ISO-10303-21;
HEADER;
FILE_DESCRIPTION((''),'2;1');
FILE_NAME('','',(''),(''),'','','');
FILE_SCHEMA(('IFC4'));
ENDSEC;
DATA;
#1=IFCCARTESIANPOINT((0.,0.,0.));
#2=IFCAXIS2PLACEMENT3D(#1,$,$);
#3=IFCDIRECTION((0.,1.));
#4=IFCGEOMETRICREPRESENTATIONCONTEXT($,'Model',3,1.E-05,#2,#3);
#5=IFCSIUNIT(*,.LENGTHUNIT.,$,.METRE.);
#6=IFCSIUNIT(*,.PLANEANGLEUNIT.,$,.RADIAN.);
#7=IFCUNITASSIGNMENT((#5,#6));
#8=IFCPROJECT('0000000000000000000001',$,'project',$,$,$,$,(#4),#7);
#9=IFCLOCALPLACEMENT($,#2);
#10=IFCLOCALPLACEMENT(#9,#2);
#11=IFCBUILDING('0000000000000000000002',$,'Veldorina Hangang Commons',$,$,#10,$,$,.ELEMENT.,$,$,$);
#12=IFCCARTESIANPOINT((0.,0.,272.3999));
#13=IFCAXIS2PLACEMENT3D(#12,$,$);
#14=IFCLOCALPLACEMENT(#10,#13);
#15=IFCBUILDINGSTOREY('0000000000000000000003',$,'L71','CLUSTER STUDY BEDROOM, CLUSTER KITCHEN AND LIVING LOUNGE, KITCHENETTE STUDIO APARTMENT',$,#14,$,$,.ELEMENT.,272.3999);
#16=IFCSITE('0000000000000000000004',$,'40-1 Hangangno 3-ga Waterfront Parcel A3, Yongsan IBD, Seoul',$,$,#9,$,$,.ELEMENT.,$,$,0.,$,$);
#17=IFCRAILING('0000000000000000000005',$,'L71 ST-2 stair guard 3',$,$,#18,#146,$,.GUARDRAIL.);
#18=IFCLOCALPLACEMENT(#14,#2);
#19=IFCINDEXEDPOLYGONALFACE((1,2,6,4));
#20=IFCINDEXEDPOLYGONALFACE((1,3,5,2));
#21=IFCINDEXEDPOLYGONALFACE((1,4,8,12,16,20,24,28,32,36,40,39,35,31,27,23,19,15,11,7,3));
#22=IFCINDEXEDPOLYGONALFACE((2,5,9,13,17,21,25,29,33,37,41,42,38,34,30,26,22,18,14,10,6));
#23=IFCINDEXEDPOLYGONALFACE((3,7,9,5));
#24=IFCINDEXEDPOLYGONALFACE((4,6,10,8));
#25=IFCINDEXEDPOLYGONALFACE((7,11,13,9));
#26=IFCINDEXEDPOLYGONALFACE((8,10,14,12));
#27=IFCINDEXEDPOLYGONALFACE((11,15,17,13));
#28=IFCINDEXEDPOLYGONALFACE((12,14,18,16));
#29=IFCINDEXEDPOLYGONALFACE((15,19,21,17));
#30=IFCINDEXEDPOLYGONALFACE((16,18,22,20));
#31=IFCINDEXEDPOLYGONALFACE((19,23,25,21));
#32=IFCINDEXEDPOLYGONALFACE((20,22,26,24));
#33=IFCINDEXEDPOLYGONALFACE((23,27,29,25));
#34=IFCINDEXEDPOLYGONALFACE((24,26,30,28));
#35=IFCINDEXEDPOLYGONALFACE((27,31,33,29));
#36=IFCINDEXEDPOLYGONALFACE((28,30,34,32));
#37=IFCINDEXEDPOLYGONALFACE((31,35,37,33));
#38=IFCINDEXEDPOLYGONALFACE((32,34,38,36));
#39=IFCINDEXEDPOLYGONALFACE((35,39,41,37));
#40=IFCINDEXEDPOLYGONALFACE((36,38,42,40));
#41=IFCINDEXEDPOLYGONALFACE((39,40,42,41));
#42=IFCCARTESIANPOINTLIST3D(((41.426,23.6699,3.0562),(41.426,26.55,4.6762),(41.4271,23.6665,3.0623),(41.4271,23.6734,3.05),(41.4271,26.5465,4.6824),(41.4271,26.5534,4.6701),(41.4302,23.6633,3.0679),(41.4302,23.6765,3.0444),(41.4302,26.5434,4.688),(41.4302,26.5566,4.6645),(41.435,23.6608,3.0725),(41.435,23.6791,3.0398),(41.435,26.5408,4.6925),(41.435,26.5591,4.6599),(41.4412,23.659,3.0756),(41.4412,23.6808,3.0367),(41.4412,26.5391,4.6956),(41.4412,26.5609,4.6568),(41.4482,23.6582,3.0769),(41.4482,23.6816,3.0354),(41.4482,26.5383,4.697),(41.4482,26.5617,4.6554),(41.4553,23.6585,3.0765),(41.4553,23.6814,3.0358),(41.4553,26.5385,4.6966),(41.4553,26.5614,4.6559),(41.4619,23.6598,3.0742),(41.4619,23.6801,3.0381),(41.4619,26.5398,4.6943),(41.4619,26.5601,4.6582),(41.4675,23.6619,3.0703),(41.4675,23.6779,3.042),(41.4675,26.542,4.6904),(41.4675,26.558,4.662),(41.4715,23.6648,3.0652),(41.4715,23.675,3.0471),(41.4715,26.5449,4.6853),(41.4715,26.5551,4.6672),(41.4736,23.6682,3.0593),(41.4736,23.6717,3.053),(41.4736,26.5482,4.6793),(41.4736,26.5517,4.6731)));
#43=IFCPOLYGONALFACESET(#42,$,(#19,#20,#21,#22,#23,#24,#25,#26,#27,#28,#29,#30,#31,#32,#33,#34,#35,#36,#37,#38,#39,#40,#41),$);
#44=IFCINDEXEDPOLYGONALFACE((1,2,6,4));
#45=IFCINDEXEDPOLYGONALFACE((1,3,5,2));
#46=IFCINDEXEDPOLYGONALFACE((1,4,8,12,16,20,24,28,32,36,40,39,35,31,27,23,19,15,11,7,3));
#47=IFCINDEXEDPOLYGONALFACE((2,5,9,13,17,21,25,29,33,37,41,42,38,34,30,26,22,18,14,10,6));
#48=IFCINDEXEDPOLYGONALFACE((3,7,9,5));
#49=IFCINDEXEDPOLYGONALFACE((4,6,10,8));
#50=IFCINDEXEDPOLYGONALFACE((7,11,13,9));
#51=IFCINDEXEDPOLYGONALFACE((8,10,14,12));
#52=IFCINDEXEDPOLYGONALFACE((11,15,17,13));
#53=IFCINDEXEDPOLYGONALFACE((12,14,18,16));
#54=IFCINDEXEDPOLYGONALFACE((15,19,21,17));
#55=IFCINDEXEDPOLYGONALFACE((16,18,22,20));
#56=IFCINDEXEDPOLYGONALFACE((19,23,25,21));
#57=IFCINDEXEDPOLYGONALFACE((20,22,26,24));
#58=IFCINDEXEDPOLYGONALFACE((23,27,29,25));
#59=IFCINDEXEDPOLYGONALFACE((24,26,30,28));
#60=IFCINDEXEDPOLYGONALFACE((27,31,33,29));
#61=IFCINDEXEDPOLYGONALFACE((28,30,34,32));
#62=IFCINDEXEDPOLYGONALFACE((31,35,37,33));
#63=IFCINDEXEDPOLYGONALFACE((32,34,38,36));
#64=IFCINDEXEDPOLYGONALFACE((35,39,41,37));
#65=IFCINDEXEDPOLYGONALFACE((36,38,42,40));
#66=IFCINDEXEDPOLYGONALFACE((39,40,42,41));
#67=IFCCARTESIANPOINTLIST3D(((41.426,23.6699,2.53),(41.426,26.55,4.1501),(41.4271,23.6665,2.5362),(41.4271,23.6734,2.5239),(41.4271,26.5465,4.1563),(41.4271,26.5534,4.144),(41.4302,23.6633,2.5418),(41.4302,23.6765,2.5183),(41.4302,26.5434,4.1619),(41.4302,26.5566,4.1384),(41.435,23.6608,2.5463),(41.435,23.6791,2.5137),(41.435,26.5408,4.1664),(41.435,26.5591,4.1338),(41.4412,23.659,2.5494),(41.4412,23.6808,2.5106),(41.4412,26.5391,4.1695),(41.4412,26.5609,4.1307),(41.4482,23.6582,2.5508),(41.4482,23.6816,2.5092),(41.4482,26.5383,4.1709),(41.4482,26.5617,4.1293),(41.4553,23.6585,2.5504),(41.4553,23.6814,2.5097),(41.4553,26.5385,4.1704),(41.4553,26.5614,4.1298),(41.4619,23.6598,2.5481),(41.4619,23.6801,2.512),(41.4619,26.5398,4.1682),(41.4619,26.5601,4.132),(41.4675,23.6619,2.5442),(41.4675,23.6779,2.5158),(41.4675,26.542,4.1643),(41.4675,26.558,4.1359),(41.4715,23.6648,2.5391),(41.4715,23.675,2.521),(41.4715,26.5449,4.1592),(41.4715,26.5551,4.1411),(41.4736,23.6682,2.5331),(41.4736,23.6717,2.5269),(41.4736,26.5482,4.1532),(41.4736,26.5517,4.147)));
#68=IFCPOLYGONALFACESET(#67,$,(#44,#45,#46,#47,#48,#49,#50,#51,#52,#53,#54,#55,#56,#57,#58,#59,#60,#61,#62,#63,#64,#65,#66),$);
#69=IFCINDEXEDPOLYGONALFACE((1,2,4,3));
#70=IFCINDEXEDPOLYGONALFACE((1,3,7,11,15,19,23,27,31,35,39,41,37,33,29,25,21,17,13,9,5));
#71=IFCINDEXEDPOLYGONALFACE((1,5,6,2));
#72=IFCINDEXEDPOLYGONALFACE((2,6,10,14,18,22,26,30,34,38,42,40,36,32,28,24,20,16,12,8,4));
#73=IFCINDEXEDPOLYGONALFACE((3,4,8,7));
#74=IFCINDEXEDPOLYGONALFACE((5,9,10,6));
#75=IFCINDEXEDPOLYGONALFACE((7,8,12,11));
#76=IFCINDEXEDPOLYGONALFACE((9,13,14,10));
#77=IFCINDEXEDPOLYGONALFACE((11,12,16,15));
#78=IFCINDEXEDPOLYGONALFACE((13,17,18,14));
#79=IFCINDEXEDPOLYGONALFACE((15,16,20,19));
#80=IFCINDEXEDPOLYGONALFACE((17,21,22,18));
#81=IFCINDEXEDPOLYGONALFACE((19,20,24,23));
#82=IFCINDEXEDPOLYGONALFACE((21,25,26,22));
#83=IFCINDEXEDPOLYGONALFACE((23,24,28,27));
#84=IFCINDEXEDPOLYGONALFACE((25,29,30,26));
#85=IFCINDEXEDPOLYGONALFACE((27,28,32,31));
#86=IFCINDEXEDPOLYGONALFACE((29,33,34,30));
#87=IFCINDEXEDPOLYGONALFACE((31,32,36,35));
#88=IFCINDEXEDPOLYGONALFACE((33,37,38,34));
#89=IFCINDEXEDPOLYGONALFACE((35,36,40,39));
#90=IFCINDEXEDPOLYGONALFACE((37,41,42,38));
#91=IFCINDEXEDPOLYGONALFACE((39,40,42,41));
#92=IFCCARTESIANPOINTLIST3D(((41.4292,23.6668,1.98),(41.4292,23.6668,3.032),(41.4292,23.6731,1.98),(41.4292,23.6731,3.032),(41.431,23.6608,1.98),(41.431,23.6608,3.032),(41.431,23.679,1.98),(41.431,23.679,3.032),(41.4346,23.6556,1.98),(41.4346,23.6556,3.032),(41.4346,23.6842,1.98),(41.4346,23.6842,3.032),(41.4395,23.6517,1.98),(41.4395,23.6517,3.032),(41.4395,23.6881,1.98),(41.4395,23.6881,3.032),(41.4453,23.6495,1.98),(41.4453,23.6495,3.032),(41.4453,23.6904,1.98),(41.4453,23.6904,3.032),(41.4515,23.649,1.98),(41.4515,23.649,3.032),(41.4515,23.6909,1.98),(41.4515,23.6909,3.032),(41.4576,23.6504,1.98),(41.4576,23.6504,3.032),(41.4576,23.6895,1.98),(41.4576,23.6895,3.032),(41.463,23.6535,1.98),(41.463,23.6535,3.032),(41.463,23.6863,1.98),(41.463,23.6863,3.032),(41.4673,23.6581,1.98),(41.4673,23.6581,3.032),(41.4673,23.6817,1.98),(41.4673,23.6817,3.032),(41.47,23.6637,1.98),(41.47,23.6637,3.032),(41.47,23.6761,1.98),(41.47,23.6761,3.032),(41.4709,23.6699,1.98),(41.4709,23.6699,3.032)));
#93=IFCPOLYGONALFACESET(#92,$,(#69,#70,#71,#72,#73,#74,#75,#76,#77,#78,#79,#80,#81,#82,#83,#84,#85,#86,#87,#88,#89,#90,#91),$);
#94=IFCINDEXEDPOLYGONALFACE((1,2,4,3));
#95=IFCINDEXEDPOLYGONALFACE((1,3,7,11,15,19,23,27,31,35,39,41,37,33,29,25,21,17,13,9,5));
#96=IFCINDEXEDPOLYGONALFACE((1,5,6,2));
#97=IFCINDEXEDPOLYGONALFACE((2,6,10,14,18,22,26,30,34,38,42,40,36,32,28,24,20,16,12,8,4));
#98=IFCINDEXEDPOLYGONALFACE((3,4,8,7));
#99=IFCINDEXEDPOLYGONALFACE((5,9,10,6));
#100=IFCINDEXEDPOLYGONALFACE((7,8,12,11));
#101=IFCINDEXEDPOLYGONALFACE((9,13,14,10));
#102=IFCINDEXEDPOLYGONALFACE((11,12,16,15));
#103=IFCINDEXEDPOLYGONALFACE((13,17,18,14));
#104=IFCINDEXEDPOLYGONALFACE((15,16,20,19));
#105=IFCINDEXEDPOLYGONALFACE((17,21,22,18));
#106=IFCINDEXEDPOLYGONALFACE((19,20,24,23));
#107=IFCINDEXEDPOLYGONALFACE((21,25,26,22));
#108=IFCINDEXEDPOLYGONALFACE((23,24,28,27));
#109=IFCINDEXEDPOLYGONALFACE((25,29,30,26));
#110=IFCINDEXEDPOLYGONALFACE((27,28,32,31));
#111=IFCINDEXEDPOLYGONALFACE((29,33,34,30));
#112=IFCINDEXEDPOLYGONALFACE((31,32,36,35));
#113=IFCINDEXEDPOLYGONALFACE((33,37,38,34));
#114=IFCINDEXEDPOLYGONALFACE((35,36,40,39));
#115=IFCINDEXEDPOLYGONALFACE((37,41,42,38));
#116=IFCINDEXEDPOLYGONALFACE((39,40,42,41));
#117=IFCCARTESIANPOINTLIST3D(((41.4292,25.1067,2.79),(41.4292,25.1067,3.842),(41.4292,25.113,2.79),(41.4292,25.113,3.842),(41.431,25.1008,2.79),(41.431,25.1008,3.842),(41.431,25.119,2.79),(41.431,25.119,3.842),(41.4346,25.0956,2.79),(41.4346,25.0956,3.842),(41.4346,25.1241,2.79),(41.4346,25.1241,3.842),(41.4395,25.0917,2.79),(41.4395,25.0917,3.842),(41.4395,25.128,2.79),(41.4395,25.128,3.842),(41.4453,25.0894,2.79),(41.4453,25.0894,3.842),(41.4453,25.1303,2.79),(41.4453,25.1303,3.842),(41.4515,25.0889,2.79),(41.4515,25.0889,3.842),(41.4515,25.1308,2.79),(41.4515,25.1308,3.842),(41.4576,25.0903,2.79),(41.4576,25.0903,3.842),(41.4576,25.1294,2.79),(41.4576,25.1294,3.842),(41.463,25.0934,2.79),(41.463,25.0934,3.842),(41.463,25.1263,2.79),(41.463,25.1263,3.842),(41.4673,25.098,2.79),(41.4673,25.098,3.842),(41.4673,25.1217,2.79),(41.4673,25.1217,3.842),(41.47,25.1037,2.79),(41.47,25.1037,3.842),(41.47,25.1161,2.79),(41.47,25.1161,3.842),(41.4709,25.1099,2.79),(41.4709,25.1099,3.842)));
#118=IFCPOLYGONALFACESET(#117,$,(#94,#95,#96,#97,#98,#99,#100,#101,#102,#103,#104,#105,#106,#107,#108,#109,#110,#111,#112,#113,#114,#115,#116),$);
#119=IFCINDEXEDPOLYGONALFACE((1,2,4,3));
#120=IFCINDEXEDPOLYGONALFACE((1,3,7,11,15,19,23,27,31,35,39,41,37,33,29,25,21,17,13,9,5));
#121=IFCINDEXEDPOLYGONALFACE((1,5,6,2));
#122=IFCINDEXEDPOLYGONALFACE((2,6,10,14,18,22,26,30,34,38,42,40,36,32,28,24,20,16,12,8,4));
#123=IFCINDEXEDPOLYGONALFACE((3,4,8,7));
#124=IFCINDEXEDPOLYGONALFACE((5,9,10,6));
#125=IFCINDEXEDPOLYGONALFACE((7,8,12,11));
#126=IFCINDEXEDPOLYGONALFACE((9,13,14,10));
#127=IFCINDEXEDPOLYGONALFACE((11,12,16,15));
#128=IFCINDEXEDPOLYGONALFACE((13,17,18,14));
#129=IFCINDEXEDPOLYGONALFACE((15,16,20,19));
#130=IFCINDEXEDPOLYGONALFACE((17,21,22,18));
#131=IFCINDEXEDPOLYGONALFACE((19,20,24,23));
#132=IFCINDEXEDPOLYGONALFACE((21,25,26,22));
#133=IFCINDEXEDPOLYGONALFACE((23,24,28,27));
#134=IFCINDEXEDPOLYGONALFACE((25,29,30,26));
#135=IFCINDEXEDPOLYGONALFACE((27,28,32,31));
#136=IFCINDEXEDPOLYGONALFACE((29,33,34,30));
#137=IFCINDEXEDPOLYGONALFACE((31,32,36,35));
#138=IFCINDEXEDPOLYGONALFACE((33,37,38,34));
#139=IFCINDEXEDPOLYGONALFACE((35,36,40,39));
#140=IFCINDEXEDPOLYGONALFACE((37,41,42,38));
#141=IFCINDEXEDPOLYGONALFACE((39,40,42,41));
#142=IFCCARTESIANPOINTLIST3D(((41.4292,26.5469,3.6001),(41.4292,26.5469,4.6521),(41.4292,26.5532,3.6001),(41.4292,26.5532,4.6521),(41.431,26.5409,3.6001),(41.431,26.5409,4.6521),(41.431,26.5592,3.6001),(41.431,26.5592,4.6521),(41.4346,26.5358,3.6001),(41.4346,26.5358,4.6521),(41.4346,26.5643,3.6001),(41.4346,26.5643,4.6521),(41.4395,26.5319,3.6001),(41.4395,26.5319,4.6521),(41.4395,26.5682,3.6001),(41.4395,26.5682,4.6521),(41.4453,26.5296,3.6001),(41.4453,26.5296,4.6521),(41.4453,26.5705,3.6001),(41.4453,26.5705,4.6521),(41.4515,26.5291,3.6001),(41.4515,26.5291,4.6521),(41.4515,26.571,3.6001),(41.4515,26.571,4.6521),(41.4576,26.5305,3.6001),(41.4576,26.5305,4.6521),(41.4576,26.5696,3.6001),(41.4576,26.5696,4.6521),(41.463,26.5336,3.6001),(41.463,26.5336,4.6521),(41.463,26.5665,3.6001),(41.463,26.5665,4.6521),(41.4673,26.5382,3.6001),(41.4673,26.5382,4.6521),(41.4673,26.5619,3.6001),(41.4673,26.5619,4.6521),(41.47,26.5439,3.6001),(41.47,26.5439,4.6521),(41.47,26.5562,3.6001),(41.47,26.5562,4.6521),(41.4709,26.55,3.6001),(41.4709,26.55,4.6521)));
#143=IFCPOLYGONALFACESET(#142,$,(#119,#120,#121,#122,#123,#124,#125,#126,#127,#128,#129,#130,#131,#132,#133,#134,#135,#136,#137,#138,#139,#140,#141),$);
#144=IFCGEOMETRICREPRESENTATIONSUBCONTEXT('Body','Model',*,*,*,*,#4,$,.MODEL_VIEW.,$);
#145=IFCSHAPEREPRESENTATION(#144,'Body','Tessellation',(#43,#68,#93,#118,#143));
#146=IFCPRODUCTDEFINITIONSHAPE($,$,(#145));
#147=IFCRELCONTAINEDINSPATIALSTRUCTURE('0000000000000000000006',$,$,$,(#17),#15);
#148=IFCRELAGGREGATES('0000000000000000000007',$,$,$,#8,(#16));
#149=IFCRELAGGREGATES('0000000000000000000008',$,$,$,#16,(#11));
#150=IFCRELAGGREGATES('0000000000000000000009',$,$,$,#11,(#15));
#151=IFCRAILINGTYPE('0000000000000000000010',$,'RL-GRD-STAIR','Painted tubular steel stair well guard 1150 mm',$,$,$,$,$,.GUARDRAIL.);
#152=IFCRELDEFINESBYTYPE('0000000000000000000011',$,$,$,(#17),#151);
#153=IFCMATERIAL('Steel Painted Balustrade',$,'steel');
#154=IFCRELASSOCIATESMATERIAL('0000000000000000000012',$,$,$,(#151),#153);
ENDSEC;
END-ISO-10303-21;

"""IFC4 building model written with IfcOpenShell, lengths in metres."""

from ifc_helpers import new_model, si_unit, direction, frame, origin, origin_2d, place, context, subcontext, project, spatial, circle, extrude, material, type_object, element, save


model = new_model("IFC4")

# Units and contexts
model_context = context("Model", 3, precision=1e-05, world=origin(), true_north=direction((0.0, 1.0)))
body_context = subcontext(model_context, "Body", "Model", "MODEL_VIEW")
ifc_project = project(units=[si_unit("LENGTHUNIT", "METRE"), si_unit("PLANEANGLEUNIT", "RADIAN")], contexts=[model_context])

# Site, building, storey
site_placement = place(None, origin())
site = spatial("IfcSite", under=ifc_project, at=site_placement, Name="40-1 Hangangno 3-ga Waterfront Parcel A3, Yongsan IBD, Seoul", CompositionType="ELEMENT", RefElevation=0.0)
building_placement = place(site_placement, origin())
building = spatial("IfcBuilding", under=site, at=building_placement, Name="Veldorina Hangang Commons", CompositionType="ELEMENT")
storey_placement = place(building_placement, frame((0.0, 0.0, 272.3999)))
storey = spatial("IfcBuildingStorey", under=building, at=storey_placement, Name="L71", Description="CLUSTER STUDY BEDROOM, CLUSTER KITCHEN AND LIVING LOUNGE, KITCHENETTE STUDIO APARTMENT", CompositionType="ELEMENT", Elevation=272.3999)

# Railing
ifc_material_1 = material(Name="Steel Painted Balustrade", Category="steel")
railing_type_1 = type_object("IfcRailingType", Name="RL-GRD-STAIR", Description="Painted tubular steel stair well guard 1150 mm", PredefinedType="GUARDRAIL", material=ifc_material_1)
railing_1_placement = place(storey_placement, frame((41.45, 23.6699, 1.98)))
element("IfcRailing", 1, at=railing_1_placement, inside=storey, type_object=railing_type_1, Name="L71 ST-2 stair guard 3", PredefinedType="GUARDRAIL", context=body_context, shape_type="SweptSolid", body=[
    extrude(circle(Radius=0.0239, at=origin_2d()), frame((0.0, 0.0, 1.0762), z_axis=(0.0, 0.87157, 0.490272), x_axis=(-1.0, 0.0, 0.0)), (0.0, 0.0, 1.0), 3.3044),
    extrude(circle(Radius=0.0239, at=origin_2d()), frame((0.0, 0.0, 0.55), z_axis=(0.0, 0.87157, 0.490272), x_axis=(-1.0, 0.0, 0.0)), (0.0, 0.0, 1.0), 3.3044),
    extrude(circle(Radius=0.021, at=origin_2d()), origin(), (0.0, 0.0, 1.0), 1.052),
    extrude(circle(Radius=0.021, at=origin_2d()), frame((0.0, 1.4399, 0.8101)), (0.0, 0.0, 1.0), 1.052),
    extrude(circle(Radius=0.021, at=origin_2d()), frame((0.0, 2.8801, 1.6201)), (0.0, 0.0, 1.0), 1.052),
])

save(model, "model.ifc")
